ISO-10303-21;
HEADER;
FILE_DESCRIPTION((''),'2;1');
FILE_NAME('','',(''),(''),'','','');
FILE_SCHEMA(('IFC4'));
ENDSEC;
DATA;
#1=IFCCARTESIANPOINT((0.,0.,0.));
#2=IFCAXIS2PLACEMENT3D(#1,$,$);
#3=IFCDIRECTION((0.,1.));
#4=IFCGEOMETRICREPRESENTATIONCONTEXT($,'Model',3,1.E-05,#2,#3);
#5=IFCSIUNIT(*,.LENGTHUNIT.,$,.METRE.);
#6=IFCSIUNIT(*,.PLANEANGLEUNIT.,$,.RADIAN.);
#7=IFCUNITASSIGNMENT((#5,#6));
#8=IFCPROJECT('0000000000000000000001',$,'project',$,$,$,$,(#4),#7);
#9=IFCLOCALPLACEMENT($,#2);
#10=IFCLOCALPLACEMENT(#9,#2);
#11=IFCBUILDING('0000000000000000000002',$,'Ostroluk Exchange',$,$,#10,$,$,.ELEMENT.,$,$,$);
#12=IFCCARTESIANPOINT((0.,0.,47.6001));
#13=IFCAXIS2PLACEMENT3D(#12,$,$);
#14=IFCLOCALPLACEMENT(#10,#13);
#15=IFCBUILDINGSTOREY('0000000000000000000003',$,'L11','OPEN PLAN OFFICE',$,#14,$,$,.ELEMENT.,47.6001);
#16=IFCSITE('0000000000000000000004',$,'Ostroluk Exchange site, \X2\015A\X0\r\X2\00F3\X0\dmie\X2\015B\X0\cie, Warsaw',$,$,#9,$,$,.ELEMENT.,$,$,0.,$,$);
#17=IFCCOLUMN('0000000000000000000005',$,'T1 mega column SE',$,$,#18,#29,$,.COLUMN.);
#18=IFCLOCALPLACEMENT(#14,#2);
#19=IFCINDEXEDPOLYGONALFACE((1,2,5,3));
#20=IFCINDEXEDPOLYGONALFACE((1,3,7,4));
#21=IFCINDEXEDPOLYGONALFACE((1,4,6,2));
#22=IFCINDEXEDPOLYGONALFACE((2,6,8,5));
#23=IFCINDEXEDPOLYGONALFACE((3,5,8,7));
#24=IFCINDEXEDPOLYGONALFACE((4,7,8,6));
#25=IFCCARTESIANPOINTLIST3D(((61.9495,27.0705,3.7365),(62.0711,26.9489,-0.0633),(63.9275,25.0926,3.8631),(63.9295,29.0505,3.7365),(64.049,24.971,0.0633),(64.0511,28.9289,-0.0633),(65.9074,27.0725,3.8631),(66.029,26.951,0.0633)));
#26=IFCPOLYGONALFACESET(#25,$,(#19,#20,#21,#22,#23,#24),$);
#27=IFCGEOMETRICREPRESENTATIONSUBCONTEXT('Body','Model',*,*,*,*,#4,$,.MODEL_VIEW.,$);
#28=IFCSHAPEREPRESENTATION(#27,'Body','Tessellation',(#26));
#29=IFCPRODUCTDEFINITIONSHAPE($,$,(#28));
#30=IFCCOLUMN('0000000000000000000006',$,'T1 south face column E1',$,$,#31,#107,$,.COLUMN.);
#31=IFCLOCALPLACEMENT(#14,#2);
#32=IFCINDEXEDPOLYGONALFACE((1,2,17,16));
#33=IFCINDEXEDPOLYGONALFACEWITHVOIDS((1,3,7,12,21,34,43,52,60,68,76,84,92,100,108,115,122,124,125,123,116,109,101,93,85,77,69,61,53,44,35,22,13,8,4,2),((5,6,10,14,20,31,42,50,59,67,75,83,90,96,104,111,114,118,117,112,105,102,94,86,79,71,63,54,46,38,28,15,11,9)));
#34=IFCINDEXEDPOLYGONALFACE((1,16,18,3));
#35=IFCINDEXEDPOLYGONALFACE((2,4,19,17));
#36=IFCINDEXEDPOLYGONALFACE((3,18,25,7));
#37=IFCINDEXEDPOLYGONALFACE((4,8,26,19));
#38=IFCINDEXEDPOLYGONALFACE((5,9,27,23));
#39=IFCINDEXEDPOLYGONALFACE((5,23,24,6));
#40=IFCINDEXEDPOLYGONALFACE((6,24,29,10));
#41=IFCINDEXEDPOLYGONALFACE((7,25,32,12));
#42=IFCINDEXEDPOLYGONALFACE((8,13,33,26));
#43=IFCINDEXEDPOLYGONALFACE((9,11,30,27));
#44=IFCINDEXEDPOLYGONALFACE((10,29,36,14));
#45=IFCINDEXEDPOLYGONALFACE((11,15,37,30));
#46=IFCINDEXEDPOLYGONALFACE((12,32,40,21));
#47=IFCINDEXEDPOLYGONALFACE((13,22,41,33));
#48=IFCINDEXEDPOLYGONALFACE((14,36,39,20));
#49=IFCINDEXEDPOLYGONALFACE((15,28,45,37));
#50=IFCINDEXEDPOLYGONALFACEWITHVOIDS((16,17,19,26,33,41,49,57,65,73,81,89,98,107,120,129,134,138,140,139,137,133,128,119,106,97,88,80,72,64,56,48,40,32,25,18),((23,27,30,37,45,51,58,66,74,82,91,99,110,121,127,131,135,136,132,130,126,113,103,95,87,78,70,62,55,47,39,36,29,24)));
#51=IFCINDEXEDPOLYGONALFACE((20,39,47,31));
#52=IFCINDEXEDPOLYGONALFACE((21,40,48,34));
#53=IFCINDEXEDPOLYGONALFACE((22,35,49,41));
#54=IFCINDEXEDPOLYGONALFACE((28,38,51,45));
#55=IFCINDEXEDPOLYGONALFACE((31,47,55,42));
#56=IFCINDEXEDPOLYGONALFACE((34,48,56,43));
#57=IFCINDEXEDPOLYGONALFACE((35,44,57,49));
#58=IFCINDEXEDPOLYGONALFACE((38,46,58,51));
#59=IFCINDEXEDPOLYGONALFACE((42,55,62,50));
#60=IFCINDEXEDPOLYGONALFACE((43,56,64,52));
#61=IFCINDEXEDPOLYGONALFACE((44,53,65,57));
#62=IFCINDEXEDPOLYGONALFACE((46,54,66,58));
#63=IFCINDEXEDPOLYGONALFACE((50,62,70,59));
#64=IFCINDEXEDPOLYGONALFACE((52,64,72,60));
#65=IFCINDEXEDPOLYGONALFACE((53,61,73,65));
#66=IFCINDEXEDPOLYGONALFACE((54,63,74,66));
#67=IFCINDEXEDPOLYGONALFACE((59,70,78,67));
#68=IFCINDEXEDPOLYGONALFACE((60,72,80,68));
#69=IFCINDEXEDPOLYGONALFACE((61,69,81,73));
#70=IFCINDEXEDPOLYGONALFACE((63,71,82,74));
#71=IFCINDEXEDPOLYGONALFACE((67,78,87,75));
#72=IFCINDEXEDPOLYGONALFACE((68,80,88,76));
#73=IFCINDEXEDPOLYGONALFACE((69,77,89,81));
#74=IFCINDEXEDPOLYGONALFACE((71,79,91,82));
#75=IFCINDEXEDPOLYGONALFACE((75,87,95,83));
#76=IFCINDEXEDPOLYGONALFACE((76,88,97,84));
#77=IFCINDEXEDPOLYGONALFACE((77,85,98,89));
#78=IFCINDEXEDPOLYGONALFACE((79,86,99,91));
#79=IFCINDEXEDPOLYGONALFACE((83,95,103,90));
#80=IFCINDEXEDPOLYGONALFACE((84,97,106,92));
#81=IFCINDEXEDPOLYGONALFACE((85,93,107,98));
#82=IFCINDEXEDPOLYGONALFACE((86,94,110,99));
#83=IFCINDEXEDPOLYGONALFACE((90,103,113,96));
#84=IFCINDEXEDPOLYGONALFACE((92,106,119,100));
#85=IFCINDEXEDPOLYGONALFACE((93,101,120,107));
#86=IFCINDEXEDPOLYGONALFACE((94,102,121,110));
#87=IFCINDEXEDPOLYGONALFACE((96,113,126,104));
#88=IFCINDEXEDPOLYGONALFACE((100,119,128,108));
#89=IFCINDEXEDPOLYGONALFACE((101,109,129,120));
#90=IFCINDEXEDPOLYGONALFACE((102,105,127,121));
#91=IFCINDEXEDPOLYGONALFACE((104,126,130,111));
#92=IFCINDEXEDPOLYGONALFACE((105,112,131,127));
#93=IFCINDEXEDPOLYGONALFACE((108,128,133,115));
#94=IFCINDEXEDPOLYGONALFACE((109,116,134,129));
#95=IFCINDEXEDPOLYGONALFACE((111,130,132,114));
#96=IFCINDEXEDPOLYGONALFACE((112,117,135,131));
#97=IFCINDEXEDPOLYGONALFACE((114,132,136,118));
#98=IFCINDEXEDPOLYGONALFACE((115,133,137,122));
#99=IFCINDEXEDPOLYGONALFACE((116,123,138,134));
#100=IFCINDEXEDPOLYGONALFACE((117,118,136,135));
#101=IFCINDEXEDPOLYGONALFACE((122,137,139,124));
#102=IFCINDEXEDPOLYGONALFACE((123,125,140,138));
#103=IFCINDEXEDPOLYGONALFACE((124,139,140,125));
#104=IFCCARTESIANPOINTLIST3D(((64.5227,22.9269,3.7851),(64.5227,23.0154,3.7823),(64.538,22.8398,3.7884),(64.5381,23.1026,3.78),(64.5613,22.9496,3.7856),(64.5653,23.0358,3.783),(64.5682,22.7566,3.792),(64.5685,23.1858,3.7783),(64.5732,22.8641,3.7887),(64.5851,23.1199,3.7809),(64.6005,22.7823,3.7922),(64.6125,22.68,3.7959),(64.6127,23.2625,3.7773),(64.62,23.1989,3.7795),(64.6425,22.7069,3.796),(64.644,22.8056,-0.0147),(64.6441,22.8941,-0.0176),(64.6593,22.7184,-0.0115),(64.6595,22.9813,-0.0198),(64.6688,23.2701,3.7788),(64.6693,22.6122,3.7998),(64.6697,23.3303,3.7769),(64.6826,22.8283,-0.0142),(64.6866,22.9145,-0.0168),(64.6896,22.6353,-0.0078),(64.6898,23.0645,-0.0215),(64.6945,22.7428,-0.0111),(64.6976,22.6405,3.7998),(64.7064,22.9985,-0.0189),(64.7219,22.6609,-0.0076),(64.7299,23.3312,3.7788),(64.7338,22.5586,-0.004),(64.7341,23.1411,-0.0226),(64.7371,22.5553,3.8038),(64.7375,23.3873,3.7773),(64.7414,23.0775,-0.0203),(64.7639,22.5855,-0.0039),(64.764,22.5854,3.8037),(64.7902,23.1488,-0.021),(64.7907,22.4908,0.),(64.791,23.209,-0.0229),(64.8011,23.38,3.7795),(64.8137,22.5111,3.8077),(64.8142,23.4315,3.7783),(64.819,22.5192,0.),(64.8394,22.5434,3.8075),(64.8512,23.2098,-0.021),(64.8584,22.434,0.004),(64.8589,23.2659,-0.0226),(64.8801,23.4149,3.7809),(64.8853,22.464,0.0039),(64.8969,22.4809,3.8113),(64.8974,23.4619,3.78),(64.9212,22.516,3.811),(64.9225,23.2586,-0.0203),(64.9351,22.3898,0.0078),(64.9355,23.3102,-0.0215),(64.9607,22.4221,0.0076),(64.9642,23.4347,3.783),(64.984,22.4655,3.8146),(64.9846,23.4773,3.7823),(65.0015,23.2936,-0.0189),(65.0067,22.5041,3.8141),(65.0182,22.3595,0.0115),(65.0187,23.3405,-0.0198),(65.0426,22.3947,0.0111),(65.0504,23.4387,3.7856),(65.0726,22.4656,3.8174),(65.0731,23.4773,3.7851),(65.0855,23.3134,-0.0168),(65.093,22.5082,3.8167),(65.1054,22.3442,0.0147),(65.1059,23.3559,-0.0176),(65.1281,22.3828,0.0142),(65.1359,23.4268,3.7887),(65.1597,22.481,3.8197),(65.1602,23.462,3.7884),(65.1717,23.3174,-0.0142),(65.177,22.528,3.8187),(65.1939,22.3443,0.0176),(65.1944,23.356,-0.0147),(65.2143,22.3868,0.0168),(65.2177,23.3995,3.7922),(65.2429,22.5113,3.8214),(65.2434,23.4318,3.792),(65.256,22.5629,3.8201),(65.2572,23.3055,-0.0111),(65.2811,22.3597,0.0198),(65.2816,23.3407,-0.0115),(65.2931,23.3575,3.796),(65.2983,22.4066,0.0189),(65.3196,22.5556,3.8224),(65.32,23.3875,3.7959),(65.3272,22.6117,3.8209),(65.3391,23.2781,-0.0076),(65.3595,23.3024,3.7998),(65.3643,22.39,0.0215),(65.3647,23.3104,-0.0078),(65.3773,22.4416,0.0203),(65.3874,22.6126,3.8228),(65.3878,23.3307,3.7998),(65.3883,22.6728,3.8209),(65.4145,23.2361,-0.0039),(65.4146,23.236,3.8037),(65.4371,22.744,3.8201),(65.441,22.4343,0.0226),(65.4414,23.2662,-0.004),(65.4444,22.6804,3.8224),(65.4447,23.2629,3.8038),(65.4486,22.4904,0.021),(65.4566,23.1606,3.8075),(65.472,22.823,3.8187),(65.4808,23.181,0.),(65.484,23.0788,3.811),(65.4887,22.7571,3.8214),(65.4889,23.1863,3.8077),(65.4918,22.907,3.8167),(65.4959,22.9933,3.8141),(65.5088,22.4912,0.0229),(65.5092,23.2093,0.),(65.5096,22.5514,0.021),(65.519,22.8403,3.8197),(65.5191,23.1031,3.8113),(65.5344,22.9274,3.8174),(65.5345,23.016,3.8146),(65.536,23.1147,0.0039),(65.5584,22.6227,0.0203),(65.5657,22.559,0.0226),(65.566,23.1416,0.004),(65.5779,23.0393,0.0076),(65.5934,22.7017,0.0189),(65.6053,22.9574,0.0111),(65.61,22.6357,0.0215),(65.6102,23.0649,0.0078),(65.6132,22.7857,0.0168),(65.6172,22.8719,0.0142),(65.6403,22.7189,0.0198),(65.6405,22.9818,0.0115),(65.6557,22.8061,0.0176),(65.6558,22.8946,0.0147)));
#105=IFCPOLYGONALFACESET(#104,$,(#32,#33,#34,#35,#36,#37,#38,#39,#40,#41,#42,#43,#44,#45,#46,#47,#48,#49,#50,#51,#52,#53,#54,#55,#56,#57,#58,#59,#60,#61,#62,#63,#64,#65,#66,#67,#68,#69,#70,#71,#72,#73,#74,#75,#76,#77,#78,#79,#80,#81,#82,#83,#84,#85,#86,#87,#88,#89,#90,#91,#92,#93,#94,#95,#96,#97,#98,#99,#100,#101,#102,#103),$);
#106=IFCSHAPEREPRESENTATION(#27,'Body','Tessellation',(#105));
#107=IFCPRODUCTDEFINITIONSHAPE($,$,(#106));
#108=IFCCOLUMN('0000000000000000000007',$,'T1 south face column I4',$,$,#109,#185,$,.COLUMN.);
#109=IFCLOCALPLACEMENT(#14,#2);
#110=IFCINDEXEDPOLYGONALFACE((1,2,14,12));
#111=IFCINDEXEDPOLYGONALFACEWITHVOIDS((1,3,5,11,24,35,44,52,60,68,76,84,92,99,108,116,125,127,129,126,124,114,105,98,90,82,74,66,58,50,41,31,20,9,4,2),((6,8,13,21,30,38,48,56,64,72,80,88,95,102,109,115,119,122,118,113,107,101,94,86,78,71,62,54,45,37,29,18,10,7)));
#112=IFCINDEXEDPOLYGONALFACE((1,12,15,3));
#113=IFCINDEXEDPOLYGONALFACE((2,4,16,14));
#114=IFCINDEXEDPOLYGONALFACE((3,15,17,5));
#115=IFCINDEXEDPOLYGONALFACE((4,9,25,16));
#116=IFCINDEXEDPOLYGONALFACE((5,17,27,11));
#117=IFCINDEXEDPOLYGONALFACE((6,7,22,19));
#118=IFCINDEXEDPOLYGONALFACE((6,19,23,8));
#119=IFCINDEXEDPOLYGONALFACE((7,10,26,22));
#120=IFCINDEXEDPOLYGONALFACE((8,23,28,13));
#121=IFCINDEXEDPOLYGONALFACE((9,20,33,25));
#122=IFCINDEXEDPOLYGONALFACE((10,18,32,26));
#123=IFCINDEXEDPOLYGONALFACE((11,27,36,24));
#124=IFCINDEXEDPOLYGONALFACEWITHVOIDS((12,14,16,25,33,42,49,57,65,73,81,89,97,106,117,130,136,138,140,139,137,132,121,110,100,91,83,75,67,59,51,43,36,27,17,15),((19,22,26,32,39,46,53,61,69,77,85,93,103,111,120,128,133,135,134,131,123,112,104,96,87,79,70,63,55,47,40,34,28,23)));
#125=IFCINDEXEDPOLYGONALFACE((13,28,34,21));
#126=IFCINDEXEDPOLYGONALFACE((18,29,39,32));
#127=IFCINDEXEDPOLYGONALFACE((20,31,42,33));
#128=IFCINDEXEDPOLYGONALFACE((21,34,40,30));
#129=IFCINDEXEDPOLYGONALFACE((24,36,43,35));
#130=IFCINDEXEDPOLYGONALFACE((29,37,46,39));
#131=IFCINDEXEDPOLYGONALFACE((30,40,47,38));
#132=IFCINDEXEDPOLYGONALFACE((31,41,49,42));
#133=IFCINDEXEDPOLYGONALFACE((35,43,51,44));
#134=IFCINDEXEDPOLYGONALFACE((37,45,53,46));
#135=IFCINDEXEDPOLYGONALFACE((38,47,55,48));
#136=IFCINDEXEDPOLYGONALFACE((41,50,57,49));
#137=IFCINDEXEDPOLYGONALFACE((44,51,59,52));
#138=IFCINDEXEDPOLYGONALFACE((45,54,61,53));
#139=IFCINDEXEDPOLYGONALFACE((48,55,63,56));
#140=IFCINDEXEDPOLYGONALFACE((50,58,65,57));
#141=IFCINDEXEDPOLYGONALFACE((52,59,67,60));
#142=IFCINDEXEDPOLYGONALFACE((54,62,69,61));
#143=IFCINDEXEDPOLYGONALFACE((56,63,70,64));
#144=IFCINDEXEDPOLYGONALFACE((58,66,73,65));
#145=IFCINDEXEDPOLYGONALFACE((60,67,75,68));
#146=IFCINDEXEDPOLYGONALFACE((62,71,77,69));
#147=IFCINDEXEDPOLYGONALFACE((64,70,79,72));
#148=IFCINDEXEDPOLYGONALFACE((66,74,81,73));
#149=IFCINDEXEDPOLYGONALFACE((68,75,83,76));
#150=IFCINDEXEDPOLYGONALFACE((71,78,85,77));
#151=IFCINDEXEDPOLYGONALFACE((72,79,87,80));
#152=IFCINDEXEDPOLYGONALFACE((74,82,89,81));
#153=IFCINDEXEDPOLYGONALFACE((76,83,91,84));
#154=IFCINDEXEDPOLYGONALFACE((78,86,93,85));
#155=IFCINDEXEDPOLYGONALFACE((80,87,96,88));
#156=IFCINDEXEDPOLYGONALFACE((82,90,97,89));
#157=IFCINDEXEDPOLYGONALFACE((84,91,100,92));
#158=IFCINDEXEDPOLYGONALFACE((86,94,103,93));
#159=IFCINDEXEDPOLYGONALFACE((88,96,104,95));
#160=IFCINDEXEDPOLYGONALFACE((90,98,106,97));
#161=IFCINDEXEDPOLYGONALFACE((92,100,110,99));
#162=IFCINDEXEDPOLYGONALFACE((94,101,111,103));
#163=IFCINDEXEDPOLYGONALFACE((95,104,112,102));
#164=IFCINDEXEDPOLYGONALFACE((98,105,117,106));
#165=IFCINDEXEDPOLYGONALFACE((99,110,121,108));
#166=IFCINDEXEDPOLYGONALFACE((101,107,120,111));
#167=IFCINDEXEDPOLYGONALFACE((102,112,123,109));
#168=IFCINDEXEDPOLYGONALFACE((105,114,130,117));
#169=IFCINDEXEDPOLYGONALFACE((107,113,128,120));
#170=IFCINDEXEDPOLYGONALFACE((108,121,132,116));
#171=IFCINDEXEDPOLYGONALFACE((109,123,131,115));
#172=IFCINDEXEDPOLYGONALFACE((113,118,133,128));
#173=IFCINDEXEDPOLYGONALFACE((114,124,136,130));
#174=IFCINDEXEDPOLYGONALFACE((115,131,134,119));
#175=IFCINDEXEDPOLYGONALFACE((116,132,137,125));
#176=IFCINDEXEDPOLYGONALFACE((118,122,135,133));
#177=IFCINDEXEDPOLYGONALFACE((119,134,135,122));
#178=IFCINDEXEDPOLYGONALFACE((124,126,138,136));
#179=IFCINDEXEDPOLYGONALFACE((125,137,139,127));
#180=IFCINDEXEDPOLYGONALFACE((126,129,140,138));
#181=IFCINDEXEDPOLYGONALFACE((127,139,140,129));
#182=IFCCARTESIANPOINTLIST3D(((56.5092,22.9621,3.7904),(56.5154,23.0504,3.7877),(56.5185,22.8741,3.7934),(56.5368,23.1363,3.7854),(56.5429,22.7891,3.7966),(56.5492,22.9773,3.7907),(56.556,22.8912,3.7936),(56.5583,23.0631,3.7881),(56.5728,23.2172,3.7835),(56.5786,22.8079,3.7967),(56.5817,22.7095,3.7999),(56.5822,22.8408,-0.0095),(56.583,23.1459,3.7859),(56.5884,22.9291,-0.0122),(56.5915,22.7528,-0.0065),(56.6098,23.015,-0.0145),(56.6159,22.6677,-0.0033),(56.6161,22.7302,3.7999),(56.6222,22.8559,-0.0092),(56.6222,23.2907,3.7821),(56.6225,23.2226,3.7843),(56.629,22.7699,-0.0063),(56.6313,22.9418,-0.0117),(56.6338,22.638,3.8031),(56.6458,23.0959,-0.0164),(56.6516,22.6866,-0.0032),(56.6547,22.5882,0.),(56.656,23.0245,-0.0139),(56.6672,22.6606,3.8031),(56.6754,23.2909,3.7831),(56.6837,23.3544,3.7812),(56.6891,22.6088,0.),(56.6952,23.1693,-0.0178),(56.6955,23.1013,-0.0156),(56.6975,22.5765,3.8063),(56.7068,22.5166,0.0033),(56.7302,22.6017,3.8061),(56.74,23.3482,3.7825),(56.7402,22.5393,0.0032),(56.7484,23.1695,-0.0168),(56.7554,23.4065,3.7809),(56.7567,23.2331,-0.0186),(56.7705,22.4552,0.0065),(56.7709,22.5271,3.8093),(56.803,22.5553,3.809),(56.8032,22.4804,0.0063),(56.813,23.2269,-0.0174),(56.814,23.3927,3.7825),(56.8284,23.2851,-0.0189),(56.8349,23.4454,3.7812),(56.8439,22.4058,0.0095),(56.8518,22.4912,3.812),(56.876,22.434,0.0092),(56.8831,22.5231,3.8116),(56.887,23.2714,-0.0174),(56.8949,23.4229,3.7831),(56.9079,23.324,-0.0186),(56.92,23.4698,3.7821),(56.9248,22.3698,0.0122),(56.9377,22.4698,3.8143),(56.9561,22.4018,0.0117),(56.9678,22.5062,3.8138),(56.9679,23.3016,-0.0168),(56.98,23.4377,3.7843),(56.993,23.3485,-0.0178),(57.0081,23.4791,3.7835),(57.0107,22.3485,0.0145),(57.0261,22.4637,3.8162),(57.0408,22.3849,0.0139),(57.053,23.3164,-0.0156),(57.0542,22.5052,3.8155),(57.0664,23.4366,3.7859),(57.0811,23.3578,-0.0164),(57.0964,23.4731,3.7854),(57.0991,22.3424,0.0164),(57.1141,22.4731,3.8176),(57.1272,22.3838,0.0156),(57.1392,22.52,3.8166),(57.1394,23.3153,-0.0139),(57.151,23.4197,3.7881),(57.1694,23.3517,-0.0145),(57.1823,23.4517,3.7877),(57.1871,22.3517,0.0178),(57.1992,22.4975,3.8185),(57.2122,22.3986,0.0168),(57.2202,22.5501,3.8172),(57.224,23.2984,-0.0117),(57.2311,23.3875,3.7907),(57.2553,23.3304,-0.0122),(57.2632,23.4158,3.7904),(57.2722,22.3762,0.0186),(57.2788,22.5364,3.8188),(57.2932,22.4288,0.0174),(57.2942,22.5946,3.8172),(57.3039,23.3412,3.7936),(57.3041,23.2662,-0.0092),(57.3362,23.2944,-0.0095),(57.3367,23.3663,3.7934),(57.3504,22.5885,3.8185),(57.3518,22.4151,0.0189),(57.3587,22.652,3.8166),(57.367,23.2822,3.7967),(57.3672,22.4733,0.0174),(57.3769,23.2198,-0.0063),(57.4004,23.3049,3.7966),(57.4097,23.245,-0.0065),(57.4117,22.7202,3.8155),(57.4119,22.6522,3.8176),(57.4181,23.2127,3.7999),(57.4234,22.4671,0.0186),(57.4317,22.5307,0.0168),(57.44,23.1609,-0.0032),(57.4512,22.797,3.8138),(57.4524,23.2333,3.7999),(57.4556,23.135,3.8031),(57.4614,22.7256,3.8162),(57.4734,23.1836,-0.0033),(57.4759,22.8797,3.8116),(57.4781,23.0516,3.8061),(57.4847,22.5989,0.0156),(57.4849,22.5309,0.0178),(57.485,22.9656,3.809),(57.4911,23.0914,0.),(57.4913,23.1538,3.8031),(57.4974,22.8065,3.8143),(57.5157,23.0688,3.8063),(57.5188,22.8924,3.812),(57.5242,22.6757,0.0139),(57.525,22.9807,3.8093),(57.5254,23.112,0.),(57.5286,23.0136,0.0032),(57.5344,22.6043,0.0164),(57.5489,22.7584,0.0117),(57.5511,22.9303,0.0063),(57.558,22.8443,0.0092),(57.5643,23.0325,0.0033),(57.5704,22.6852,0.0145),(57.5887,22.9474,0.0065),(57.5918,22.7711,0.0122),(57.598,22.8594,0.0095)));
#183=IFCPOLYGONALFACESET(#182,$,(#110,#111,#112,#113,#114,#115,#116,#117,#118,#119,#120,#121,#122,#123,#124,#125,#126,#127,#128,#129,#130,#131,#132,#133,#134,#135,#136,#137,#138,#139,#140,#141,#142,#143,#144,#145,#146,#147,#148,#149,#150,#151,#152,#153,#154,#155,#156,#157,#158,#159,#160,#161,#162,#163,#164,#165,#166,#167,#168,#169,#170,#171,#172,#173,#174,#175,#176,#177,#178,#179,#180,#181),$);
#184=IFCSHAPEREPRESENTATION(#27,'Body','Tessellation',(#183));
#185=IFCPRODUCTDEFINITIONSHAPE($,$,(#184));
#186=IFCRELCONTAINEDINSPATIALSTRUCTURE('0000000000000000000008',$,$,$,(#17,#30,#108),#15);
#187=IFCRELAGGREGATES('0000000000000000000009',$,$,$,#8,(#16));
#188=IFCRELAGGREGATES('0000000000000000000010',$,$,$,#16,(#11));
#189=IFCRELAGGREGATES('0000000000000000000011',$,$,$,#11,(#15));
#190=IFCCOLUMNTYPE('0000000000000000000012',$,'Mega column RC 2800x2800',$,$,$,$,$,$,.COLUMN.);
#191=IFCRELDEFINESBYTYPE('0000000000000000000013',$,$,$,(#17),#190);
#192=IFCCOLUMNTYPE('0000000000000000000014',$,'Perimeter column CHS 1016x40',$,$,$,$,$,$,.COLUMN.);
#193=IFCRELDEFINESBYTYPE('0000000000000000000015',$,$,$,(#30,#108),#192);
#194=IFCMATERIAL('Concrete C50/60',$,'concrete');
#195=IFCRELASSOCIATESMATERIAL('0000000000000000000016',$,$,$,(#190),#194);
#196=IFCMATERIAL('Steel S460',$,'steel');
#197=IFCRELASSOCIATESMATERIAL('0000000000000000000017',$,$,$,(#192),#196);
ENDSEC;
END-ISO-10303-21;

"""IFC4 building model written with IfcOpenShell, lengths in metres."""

from ifc_helpers import new_model, si_unit, direction, frame, origin, origin_2d, place, context, subcontext, project, spatial, rectangle, hollow_circle, extrude, material, material_profile, profile_set, type_object, element, save


model = new_model("IFC4")

# Units and contexts
model_context = context("Model", 3, precision=1e-05, world=origin(), true_north=direction((0.0, 1.0)))
body_context = subcontext(model_context, "Body", "Model", "MODEL_VIEW")
ifc_project = project(units=[si_unit("LENGTHUNIT", "METRE"), si_unit("PLANEANGLEUNIT", "RADIAN")], contexts=[model_context])

# Site, building, storey
site_placement = place(None, origin())
site = spatial("IfcSite", under=ifc_project, at=site_placement, Name="Ostroluk Exchange site, Śródmieście, Warsaw", CompositionType="ELEMENT", RefElevation=0.0)
building_placement = place(site_placement, origin())
building = spatial("IfcBuilding", under=site, at=building_placement, Name="Ostroluk Exchange", CompositionType="ELEMENT")
storey_placement = place(building_placement, frame((0.0, 0.0, 47.6001)))
storey = spatial("IfcBuildingStorey", under=building, at=storey_placement, Name="L11", Description="OPEN PLAN OFFICE", CompositionType="ELEMENT", Elevation=47.6001)

# Columns
ifc_material_1 = material(Name="Concrete C50/60", Category="concrete")
ifc_material_profile_1 = material_profile(ifc_material_1, rectangle(XDim=2.8, YDim=2.8, at=origin_2d()), Name="RC 2800x2800")
ifc_profile_set_1 = profile_set([ifc_material_profile_1], Name="Concrete C50/60")
column_type_1 = type_object("IfcColumnType", Name="Mega column RC 2800x2800", PredefinedType="COLUMN", material=ifc_profile_set_1)
column_1_placement = place(storey_placement, frame((64.05, 26.95, 0.0), z_axis=(-0.031964, 0.031964, 0.998978), x_axis=(-0.707107, -0.707107, 0.0)))
element("IfcColumn", 1, at=column_1_placement, inside=storey, type_object=column_type_1, Name="T1 mega column SE", PredefinedType="COLUMN", context=body_context, shape_type="SweptSolid", body=[
    extrude(rectangle(XDim=2.8, YDim=2.8, at=origin_2d()), origin(), (0.0, 0.0, 1.0), 3.8037),
])
ifc_material_2 = material(Name="Steel S460", Category="steel")
ifc_material_profile_2 = material_profile(ifc_material_2, hollow_circle(Radius=0.5081, WallThickness=0.04, at=origin_2d()), Name="CHS 1016x40")
ifc_profile_set_2 = profile_set([ifc_material_profile_2], Name="Steel S460")
column_type_2 = type_object("IfcColumnType", Name="Perimeter column CHS 1016x40", PredefinedType="COLUMN", material=ifc_profile_set_2)
column_2_placement = place(storey_placement, frame((65.1499, 22.8501, 0.0), z_axis=(-0.0319, 0.0319, 0.998982), x_axis=(-0.707107, -0.707107, 0.0)))
element("IfcColumn", 2, at=column_2_placement, inside=storey, type_object=column_type_2, Name="T1 south face column E1", PredefinedType="COLUMN", context=body_context, shape_type="SweptSolid", body=[
    extrude(hollow_circle(Radius=0.5081, WallThickness=0.04, at=origin_2d()), origin(), (0.0, 0.0, 1.0), 3.8037),
])
column_3_placement = place(storey_placement, frame((57.0901, 22.8501, 0.0), z_axis=(-0.019198, 0.031911, 0.999306), x_axis=(-0.856884, -0.51551, 0.0)))
element("IfcColumn", 3, at=column_3_placement, inside=storey, type_object=column_type_2, Name="T1 south face column I4", PredefinedType="COLUMN", context=body_context, shape_type="SweptSolid", body=[
    extrude(hollow_circle(Radius=0.5081, WallThickness=0.04, at=origin_2d()), origin(), (0.0, 0.0, 1.0), 3.8025),
])

save(model, "model.ifc")
